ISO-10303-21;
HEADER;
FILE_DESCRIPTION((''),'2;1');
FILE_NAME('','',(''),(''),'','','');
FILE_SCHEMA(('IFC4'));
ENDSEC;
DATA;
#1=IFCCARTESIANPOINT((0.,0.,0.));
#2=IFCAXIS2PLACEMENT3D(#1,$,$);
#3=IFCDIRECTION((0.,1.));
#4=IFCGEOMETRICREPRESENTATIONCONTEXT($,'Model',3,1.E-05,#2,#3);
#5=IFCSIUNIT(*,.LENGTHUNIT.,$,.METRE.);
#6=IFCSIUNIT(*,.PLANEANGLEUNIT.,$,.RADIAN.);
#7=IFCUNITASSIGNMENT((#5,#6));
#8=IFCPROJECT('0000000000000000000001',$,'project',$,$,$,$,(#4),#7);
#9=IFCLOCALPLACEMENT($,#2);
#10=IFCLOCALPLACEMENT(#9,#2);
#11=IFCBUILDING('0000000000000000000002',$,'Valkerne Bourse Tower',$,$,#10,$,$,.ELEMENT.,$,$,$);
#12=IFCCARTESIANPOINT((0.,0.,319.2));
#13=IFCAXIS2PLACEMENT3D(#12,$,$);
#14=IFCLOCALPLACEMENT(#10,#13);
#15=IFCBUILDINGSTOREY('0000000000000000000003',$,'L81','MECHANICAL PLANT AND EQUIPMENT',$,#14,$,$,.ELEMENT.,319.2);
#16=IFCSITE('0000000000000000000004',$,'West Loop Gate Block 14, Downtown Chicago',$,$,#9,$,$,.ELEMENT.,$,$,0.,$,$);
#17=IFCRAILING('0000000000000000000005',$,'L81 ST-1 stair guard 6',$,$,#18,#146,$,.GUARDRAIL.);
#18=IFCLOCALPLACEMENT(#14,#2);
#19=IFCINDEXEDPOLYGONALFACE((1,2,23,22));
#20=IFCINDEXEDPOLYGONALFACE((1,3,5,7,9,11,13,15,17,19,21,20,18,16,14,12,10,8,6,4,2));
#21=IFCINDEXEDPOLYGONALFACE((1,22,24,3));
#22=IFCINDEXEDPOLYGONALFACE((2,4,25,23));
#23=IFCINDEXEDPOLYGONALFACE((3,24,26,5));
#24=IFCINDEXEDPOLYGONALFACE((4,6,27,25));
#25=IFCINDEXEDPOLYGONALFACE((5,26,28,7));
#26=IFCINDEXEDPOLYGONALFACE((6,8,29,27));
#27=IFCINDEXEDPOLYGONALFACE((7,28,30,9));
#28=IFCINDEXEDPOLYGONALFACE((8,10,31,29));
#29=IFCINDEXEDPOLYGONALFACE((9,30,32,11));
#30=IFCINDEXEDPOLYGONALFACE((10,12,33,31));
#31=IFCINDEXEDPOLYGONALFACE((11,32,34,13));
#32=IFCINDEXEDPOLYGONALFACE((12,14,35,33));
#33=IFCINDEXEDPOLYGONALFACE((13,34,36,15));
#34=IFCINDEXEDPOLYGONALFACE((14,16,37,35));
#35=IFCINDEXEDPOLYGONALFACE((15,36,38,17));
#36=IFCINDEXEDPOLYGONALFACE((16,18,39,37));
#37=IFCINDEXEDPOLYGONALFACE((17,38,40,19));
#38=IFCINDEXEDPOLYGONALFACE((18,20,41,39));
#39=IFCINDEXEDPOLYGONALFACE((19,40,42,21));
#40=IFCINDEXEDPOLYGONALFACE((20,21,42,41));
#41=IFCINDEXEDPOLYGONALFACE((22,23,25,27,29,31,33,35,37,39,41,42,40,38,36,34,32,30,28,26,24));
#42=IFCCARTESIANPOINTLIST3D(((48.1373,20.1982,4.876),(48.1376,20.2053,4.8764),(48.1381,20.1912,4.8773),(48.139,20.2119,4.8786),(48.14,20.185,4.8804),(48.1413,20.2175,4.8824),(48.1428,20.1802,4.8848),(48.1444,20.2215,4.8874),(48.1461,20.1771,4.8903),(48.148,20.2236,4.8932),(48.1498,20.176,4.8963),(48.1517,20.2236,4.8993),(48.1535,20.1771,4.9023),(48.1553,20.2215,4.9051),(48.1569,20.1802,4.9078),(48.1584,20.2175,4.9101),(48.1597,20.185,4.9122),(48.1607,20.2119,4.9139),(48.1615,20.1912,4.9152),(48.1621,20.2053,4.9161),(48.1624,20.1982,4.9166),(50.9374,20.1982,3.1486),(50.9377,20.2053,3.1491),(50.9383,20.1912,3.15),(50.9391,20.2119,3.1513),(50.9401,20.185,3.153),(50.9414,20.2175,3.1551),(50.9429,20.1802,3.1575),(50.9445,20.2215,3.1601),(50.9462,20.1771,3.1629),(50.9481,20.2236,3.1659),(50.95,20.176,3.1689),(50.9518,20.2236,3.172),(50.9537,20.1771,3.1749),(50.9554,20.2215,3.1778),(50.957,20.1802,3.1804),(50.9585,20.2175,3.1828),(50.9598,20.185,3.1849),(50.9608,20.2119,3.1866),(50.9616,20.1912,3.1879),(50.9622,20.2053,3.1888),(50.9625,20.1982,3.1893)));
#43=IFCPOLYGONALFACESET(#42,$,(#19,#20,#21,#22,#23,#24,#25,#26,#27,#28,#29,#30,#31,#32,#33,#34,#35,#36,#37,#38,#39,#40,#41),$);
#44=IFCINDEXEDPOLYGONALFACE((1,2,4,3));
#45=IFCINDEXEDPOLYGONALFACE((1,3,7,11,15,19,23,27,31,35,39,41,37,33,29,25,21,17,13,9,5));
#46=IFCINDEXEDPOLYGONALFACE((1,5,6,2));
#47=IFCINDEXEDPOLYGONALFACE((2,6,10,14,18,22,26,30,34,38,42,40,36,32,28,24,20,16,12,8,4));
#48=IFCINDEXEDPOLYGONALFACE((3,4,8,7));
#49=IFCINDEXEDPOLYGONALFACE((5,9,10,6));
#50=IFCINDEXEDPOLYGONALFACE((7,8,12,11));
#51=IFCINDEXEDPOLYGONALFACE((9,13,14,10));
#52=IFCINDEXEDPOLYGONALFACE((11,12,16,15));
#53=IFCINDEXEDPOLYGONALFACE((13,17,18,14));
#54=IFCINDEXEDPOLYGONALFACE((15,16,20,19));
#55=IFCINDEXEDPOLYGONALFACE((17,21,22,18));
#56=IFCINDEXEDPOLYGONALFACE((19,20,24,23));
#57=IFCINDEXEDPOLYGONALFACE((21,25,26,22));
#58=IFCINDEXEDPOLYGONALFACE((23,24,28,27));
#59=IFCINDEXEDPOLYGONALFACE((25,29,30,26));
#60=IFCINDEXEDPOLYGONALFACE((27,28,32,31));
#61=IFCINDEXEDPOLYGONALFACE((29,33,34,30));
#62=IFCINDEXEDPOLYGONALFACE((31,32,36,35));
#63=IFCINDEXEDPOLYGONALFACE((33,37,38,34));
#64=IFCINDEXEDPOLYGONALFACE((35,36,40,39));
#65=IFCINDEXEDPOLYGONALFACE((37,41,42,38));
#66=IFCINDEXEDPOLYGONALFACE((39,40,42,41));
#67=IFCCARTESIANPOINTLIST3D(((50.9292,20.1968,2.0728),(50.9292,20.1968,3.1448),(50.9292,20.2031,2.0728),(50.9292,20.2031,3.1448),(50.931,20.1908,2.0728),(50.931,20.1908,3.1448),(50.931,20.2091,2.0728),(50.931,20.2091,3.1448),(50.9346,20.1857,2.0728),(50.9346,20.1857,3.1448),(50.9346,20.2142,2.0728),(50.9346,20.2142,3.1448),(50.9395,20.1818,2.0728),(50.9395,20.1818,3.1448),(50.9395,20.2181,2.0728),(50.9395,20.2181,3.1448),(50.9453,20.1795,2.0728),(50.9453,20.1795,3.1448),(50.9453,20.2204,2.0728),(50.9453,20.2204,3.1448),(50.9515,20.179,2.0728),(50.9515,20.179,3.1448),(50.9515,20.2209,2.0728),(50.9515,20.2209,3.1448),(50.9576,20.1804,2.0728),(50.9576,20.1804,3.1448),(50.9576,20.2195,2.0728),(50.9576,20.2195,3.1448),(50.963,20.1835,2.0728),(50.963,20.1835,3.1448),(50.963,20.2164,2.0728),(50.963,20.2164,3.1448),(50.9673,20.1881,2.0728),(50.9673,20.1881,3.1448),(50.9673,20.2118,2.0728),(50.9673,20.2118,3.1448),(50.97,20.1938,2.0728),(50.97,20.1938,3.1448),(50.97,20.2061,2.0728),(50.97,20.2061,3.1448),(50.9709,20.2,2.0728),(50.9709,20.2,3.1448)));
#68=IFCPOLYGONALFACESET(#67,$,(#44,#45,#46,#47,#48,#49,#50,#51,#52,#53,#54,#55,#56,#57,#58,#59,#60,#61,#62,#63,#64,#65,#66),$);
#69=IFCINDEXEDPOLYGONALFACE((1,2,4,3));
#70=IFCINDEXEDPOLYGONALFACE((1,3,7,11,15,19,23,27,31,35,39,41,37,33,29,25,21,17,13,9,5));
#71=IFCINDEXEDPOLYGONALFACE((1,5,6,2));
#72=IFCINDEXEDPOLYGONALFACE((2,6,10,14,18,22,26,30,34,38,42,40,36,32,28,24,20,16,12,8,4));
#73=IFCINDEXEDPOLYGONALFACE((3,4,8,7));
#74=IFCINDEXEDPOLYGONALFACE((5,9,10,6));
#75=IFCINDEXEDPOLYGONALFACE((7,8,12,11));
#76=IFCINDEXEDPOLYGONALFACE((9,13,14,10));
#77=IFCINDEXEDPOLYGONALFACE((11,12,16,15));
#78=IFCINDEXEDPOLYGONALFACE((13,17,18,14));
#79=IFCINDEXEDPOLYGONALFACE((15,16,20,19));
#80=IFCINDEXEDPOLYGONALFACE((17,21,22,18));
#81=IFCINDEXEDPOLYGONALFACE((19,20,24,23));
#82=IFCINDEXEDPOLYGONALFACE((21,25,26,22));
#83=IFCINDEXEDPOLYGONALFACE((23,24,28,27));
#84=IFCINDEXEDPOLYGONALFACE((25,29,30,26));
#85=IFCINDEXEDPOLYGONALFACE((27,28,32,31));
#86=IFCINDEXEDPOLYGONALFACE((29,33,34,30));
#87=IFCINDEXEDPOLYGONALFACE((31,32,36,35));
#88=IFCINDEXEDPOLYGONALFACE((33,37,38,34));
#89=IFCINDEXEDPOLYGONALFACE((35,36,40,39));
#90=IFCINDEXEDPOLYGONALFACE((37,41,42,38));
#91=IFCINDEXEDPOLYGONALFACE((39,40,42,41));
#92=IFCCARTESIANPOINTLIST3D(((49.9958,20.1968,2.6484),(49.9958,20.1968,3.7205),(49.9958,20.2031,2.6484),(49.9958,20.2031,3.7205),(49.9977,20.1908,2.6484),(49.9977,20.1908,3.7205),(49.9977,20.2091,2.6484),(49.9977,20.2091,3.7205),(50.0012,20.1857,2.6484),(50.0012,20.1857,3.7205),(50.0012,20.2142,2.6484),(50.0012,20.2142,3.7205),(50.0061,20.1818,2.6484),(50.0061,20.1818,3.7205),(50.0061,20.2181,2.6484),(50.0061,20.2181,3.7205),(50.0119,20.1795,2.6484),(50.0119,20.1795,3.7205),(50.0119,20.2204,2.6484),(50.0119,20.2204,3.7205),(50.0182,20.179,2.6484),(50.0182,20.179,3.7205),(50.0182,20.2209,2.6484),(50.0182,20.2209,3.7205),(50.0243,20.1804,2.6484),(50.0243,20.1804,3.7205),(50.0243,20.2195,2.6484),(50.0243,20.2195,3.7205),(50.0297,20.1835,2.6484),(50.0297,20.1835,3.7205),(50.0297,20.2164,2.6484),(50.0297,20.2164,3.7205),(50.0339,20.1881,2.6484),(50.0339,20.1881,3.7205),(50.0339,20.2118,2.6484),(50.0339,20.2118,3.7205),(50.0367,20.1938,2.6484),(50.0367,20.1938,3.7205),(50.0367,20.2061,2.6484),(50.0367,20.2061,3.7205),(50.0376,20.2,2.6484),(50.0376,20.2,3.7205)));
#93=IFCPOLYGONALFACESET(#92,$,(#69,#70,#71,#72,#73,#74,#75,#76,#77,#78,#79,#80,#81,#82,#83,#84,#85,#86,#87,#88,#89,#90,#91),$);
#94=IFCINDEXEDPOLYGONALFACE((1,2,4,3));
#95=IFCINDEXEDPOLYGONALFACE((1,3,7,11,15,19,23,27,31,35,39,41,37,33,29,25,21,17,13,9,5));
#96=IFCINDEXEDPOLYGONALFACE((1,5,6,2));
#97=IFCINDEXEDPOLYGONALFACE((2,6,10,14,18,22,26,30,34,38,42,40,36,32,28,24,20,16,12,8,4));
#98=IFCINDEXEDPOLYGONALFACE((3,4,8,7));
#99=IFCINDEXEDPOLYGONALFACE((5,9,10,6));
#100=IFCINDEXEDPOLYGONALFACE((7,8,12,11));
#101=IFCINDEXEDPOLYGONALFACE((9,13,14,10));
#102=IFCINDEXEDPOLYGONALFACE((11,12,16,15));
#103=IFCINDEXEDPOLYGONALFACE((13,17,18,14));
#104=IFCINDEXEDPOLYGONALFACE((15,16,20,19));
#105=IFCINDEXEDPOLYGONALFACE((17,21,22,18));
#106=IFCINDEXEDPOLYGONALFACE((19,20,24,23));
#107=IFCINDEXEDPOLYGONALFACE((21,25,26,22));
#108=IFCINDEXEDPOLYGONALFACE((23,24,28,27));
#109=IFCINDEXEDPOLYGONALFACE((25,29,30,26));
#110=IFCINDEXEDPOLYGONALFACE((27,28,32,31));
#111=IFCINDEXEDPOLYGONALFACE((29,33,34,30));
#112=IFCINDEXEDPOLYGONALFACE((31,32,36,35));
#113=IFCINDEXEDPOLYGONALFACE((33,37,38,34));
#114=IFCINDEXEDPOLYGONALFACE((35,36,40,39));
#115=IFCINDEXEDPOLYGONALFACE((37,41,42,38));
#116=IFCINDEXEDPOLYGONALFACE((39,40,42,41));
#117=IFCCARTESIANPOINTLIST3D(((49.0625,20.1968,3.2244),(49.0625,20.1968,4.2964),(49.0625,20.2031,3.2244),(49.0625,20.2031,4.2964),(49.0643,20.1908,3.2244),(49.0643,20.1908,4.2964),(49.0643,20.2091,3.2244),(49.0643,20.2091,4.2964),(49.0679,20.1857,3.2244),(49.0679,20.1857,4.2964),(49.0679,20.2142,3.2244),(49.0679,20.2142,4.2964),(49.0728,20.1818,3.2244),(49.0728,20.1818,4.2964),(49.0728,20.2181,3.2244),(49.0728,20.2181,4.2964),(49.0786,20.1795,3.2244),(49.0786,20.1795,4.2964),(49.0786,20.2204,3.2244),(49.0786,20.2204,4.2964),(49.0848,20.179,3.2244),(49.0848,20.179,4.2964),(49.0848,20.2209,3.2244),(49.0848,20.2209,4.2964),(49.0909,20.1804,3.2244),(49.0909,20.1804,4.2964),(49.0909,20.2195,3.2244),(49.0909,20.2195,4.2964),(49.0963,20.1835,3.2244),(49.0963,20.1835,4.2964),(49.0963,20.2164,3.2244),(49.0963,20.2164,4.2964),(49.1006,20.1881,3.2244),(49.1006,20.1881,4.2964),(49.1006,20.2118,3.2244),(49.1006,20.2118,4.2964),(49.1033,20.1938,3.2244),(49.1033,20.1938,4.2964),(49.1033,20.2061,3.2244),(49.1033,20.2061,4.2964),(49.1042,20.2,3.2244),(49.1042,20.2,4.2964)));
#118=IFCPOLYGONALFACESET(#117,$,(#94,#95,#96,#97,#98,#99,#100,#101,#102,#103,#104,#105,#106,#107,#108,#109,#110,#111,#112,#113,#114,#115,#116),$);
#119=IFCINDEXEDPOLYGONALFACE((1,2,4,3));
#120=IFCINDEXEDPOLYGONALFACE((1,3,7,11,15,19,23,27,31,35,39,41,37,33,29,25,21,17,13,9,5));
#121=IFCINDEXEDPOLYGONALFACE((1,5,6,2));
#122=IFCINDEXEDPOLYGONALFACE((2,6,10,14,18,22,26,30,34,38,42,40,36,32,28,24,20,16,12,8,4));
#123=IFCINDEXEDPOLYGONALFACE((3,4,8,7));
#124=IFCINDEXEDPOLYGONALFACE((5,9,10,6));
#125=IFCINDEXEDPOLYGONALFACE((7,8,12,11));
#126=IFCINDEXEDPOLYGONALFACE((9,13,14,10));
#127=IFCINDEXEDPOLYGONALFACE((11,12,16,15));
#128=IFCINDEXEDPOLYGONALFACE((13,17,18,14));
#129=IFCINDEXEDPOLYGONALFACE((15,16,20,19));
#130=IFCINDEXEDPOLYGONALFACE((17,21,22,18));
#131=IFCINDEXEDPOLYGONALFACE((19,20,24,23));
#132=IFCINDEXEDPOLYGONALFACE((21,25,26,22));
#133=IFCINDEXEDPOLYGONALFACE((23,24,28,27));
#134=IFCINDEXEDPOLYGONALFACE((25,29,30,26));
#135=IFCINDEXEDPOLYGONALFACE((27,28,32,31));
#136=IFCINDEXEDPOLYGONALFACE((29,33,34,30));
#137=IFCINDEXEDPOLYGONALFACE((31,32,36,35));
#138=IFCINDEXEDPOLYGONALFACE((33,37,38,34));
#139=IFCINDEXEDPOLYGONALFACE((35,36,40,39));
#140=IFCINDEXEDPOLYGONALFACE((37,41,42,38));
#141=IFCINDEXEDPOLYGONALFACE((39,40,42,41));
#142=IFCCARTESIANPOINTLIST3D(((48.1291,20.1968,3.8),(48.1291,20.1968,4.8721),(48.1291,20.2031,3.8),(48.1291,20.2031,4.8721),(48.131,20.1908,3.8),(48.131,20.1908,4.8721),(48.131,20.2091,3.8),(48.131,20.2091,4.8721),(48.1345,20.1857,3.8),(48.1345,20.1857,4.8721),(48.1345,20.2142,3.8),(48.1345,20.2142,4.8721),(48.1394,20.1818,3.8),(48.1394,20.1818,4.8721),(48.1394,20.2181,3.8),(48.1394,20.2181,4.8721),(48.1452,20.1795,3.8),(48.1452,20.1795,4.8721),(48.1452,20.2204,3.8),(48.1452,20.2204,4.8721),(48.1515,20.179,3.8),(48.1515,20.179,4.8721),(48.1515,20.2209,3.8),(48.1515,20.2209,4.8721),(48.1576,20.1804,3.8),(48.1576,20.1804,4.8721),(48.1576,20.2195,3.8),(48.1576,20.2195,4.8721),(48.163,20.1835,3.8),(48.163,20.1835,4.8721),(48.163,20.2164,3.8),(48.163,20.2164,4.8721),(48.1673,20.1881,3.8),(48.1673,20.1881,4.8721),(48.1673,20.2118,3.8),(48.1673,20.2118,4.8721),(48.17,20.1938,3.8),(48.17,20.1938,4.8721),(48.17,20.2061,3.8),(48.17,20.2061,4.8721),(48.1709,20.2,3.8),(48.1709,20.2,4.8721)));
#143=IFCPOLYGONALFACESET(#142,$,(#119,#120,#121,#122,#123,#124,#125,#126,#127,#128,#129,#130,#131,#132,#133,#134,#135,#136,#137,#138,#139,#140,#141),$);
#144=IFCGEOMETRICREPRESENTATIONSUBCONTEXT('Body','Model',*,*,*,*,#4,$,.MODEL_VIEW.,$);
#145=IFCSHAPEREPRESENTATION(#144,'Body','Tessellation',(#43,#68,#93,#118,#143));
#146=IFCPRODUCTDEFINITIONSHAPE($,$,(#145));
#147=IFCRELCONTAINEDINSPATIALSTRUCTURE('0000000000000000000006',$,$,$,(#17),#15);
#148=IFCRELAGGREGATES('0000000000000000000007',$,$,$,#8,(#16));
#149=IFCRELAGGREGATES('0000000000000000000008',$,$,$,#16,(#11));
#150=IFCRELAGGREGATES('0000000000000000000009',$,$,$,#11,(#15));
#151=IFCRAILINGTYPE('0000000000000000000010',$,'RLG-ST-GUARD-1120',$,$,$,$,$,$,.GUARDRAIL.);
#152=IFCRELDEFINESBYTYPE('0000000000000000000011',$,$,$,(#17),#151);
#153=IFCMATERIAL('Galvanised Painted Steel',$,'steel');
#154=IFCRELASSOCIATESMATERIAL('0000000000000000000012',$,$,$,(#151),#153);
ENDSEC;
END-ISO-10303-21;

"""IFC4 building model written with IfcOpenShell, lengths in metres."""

from ifc_helpers import new_model, si_unit, direction, frame, origin, origin_2d, place, context, subcontext, project, spatial, circle, extrude, material, type_object, element, save


model = new_model("IFC4")

# Units and contexts
model_context = context("Model", 3, precision=1e-05, world=origin(), true_north=direction((0.0, 1.0)))
body_context = subcontext(model_context, "Body", "Model", "MODEL_VIEW")
ifc_project = project(units=[si_unit("LENGTHUNIT", "METRE"), si_unit("PLANEANGLEUNIT", "RADIAN")], contexts=[model_context])

# Site, building, storey
site_placement = place(None, origin())
site = spatial("IfcSite", under=ifc_project, at=site_placement, Name="West Loop Gate Block 14, Downtown Chicago", CompositionType="ELEMENT", RefElevation=0.0)
building_placement = place(site_placement, origin())
building = spatial("IfcBuilding", under=site, at=building_placement, Name="Valkerne Bourse Tower", CompositionType="ELEMENT")
storey_placement = place(building_placement, frame((0.0, 0.0, 319.2)))
storey = spatial("IfcBuildingStorey", under=building, at=storey_placement, Name="L81", Description="MECHANICAL PLANT AND EQUIPMENT", CompositionType="ELEMENT", Elevation=319.2)

# Railing
ifc_material_1 = material(Name="Galvanised Painted Steel", Category="steel")
railing_type_1 = type_object("IfcRailingType", Name="RLG-ST-GUARD-1120", PredefinedType="GUARDRAIL", material=ifc_material_1)
railing_1_placement = place(storey_placement, frame((50.95, 20.2, 2.0728)))
element("IfcRailing", 1, at=railing_1_placement, inside=storey, type_object=railing_type_1, Name="L81 ST-1 stair guard 6", PredefinedType="GUARDRAIL", context=body_context, shape_type="SweptSolid", body=[
    extrude(circle(Radius=0.0239, at=origin_2d()), frame((0.0, 0.0, 1.0962), z_axis=(-0.85109, 0.0, 0.52502), x_axis=(0.0, -1.0, 0.0)), (0.0, 0.0, 1.0), 3.29),
    extrude(circle(Radius=0.021, at=origin_2d()), origin(), (0.0, 0.0, 1.0), 1.072),
    extrude(circle(Radius=0.021, at=origin_2d()), frame((-0.9333, 0.0, 0.5757)), (0.0, 0.0, 1.0), 1.072),
    extrude(circle(Radius=0.021, at=origin_2d()), frame((-1.8667, 0.0, 1.1516)), (0.0, 0.0, 1.0), 1.072),
    extrude(circle(Radius=0.021, at=origin_2d()), frame((-2.8, 0.0, 1.7273)), (0.0, 0.0, 1.0), 1.072),
])

save(model, "model.ifc")
